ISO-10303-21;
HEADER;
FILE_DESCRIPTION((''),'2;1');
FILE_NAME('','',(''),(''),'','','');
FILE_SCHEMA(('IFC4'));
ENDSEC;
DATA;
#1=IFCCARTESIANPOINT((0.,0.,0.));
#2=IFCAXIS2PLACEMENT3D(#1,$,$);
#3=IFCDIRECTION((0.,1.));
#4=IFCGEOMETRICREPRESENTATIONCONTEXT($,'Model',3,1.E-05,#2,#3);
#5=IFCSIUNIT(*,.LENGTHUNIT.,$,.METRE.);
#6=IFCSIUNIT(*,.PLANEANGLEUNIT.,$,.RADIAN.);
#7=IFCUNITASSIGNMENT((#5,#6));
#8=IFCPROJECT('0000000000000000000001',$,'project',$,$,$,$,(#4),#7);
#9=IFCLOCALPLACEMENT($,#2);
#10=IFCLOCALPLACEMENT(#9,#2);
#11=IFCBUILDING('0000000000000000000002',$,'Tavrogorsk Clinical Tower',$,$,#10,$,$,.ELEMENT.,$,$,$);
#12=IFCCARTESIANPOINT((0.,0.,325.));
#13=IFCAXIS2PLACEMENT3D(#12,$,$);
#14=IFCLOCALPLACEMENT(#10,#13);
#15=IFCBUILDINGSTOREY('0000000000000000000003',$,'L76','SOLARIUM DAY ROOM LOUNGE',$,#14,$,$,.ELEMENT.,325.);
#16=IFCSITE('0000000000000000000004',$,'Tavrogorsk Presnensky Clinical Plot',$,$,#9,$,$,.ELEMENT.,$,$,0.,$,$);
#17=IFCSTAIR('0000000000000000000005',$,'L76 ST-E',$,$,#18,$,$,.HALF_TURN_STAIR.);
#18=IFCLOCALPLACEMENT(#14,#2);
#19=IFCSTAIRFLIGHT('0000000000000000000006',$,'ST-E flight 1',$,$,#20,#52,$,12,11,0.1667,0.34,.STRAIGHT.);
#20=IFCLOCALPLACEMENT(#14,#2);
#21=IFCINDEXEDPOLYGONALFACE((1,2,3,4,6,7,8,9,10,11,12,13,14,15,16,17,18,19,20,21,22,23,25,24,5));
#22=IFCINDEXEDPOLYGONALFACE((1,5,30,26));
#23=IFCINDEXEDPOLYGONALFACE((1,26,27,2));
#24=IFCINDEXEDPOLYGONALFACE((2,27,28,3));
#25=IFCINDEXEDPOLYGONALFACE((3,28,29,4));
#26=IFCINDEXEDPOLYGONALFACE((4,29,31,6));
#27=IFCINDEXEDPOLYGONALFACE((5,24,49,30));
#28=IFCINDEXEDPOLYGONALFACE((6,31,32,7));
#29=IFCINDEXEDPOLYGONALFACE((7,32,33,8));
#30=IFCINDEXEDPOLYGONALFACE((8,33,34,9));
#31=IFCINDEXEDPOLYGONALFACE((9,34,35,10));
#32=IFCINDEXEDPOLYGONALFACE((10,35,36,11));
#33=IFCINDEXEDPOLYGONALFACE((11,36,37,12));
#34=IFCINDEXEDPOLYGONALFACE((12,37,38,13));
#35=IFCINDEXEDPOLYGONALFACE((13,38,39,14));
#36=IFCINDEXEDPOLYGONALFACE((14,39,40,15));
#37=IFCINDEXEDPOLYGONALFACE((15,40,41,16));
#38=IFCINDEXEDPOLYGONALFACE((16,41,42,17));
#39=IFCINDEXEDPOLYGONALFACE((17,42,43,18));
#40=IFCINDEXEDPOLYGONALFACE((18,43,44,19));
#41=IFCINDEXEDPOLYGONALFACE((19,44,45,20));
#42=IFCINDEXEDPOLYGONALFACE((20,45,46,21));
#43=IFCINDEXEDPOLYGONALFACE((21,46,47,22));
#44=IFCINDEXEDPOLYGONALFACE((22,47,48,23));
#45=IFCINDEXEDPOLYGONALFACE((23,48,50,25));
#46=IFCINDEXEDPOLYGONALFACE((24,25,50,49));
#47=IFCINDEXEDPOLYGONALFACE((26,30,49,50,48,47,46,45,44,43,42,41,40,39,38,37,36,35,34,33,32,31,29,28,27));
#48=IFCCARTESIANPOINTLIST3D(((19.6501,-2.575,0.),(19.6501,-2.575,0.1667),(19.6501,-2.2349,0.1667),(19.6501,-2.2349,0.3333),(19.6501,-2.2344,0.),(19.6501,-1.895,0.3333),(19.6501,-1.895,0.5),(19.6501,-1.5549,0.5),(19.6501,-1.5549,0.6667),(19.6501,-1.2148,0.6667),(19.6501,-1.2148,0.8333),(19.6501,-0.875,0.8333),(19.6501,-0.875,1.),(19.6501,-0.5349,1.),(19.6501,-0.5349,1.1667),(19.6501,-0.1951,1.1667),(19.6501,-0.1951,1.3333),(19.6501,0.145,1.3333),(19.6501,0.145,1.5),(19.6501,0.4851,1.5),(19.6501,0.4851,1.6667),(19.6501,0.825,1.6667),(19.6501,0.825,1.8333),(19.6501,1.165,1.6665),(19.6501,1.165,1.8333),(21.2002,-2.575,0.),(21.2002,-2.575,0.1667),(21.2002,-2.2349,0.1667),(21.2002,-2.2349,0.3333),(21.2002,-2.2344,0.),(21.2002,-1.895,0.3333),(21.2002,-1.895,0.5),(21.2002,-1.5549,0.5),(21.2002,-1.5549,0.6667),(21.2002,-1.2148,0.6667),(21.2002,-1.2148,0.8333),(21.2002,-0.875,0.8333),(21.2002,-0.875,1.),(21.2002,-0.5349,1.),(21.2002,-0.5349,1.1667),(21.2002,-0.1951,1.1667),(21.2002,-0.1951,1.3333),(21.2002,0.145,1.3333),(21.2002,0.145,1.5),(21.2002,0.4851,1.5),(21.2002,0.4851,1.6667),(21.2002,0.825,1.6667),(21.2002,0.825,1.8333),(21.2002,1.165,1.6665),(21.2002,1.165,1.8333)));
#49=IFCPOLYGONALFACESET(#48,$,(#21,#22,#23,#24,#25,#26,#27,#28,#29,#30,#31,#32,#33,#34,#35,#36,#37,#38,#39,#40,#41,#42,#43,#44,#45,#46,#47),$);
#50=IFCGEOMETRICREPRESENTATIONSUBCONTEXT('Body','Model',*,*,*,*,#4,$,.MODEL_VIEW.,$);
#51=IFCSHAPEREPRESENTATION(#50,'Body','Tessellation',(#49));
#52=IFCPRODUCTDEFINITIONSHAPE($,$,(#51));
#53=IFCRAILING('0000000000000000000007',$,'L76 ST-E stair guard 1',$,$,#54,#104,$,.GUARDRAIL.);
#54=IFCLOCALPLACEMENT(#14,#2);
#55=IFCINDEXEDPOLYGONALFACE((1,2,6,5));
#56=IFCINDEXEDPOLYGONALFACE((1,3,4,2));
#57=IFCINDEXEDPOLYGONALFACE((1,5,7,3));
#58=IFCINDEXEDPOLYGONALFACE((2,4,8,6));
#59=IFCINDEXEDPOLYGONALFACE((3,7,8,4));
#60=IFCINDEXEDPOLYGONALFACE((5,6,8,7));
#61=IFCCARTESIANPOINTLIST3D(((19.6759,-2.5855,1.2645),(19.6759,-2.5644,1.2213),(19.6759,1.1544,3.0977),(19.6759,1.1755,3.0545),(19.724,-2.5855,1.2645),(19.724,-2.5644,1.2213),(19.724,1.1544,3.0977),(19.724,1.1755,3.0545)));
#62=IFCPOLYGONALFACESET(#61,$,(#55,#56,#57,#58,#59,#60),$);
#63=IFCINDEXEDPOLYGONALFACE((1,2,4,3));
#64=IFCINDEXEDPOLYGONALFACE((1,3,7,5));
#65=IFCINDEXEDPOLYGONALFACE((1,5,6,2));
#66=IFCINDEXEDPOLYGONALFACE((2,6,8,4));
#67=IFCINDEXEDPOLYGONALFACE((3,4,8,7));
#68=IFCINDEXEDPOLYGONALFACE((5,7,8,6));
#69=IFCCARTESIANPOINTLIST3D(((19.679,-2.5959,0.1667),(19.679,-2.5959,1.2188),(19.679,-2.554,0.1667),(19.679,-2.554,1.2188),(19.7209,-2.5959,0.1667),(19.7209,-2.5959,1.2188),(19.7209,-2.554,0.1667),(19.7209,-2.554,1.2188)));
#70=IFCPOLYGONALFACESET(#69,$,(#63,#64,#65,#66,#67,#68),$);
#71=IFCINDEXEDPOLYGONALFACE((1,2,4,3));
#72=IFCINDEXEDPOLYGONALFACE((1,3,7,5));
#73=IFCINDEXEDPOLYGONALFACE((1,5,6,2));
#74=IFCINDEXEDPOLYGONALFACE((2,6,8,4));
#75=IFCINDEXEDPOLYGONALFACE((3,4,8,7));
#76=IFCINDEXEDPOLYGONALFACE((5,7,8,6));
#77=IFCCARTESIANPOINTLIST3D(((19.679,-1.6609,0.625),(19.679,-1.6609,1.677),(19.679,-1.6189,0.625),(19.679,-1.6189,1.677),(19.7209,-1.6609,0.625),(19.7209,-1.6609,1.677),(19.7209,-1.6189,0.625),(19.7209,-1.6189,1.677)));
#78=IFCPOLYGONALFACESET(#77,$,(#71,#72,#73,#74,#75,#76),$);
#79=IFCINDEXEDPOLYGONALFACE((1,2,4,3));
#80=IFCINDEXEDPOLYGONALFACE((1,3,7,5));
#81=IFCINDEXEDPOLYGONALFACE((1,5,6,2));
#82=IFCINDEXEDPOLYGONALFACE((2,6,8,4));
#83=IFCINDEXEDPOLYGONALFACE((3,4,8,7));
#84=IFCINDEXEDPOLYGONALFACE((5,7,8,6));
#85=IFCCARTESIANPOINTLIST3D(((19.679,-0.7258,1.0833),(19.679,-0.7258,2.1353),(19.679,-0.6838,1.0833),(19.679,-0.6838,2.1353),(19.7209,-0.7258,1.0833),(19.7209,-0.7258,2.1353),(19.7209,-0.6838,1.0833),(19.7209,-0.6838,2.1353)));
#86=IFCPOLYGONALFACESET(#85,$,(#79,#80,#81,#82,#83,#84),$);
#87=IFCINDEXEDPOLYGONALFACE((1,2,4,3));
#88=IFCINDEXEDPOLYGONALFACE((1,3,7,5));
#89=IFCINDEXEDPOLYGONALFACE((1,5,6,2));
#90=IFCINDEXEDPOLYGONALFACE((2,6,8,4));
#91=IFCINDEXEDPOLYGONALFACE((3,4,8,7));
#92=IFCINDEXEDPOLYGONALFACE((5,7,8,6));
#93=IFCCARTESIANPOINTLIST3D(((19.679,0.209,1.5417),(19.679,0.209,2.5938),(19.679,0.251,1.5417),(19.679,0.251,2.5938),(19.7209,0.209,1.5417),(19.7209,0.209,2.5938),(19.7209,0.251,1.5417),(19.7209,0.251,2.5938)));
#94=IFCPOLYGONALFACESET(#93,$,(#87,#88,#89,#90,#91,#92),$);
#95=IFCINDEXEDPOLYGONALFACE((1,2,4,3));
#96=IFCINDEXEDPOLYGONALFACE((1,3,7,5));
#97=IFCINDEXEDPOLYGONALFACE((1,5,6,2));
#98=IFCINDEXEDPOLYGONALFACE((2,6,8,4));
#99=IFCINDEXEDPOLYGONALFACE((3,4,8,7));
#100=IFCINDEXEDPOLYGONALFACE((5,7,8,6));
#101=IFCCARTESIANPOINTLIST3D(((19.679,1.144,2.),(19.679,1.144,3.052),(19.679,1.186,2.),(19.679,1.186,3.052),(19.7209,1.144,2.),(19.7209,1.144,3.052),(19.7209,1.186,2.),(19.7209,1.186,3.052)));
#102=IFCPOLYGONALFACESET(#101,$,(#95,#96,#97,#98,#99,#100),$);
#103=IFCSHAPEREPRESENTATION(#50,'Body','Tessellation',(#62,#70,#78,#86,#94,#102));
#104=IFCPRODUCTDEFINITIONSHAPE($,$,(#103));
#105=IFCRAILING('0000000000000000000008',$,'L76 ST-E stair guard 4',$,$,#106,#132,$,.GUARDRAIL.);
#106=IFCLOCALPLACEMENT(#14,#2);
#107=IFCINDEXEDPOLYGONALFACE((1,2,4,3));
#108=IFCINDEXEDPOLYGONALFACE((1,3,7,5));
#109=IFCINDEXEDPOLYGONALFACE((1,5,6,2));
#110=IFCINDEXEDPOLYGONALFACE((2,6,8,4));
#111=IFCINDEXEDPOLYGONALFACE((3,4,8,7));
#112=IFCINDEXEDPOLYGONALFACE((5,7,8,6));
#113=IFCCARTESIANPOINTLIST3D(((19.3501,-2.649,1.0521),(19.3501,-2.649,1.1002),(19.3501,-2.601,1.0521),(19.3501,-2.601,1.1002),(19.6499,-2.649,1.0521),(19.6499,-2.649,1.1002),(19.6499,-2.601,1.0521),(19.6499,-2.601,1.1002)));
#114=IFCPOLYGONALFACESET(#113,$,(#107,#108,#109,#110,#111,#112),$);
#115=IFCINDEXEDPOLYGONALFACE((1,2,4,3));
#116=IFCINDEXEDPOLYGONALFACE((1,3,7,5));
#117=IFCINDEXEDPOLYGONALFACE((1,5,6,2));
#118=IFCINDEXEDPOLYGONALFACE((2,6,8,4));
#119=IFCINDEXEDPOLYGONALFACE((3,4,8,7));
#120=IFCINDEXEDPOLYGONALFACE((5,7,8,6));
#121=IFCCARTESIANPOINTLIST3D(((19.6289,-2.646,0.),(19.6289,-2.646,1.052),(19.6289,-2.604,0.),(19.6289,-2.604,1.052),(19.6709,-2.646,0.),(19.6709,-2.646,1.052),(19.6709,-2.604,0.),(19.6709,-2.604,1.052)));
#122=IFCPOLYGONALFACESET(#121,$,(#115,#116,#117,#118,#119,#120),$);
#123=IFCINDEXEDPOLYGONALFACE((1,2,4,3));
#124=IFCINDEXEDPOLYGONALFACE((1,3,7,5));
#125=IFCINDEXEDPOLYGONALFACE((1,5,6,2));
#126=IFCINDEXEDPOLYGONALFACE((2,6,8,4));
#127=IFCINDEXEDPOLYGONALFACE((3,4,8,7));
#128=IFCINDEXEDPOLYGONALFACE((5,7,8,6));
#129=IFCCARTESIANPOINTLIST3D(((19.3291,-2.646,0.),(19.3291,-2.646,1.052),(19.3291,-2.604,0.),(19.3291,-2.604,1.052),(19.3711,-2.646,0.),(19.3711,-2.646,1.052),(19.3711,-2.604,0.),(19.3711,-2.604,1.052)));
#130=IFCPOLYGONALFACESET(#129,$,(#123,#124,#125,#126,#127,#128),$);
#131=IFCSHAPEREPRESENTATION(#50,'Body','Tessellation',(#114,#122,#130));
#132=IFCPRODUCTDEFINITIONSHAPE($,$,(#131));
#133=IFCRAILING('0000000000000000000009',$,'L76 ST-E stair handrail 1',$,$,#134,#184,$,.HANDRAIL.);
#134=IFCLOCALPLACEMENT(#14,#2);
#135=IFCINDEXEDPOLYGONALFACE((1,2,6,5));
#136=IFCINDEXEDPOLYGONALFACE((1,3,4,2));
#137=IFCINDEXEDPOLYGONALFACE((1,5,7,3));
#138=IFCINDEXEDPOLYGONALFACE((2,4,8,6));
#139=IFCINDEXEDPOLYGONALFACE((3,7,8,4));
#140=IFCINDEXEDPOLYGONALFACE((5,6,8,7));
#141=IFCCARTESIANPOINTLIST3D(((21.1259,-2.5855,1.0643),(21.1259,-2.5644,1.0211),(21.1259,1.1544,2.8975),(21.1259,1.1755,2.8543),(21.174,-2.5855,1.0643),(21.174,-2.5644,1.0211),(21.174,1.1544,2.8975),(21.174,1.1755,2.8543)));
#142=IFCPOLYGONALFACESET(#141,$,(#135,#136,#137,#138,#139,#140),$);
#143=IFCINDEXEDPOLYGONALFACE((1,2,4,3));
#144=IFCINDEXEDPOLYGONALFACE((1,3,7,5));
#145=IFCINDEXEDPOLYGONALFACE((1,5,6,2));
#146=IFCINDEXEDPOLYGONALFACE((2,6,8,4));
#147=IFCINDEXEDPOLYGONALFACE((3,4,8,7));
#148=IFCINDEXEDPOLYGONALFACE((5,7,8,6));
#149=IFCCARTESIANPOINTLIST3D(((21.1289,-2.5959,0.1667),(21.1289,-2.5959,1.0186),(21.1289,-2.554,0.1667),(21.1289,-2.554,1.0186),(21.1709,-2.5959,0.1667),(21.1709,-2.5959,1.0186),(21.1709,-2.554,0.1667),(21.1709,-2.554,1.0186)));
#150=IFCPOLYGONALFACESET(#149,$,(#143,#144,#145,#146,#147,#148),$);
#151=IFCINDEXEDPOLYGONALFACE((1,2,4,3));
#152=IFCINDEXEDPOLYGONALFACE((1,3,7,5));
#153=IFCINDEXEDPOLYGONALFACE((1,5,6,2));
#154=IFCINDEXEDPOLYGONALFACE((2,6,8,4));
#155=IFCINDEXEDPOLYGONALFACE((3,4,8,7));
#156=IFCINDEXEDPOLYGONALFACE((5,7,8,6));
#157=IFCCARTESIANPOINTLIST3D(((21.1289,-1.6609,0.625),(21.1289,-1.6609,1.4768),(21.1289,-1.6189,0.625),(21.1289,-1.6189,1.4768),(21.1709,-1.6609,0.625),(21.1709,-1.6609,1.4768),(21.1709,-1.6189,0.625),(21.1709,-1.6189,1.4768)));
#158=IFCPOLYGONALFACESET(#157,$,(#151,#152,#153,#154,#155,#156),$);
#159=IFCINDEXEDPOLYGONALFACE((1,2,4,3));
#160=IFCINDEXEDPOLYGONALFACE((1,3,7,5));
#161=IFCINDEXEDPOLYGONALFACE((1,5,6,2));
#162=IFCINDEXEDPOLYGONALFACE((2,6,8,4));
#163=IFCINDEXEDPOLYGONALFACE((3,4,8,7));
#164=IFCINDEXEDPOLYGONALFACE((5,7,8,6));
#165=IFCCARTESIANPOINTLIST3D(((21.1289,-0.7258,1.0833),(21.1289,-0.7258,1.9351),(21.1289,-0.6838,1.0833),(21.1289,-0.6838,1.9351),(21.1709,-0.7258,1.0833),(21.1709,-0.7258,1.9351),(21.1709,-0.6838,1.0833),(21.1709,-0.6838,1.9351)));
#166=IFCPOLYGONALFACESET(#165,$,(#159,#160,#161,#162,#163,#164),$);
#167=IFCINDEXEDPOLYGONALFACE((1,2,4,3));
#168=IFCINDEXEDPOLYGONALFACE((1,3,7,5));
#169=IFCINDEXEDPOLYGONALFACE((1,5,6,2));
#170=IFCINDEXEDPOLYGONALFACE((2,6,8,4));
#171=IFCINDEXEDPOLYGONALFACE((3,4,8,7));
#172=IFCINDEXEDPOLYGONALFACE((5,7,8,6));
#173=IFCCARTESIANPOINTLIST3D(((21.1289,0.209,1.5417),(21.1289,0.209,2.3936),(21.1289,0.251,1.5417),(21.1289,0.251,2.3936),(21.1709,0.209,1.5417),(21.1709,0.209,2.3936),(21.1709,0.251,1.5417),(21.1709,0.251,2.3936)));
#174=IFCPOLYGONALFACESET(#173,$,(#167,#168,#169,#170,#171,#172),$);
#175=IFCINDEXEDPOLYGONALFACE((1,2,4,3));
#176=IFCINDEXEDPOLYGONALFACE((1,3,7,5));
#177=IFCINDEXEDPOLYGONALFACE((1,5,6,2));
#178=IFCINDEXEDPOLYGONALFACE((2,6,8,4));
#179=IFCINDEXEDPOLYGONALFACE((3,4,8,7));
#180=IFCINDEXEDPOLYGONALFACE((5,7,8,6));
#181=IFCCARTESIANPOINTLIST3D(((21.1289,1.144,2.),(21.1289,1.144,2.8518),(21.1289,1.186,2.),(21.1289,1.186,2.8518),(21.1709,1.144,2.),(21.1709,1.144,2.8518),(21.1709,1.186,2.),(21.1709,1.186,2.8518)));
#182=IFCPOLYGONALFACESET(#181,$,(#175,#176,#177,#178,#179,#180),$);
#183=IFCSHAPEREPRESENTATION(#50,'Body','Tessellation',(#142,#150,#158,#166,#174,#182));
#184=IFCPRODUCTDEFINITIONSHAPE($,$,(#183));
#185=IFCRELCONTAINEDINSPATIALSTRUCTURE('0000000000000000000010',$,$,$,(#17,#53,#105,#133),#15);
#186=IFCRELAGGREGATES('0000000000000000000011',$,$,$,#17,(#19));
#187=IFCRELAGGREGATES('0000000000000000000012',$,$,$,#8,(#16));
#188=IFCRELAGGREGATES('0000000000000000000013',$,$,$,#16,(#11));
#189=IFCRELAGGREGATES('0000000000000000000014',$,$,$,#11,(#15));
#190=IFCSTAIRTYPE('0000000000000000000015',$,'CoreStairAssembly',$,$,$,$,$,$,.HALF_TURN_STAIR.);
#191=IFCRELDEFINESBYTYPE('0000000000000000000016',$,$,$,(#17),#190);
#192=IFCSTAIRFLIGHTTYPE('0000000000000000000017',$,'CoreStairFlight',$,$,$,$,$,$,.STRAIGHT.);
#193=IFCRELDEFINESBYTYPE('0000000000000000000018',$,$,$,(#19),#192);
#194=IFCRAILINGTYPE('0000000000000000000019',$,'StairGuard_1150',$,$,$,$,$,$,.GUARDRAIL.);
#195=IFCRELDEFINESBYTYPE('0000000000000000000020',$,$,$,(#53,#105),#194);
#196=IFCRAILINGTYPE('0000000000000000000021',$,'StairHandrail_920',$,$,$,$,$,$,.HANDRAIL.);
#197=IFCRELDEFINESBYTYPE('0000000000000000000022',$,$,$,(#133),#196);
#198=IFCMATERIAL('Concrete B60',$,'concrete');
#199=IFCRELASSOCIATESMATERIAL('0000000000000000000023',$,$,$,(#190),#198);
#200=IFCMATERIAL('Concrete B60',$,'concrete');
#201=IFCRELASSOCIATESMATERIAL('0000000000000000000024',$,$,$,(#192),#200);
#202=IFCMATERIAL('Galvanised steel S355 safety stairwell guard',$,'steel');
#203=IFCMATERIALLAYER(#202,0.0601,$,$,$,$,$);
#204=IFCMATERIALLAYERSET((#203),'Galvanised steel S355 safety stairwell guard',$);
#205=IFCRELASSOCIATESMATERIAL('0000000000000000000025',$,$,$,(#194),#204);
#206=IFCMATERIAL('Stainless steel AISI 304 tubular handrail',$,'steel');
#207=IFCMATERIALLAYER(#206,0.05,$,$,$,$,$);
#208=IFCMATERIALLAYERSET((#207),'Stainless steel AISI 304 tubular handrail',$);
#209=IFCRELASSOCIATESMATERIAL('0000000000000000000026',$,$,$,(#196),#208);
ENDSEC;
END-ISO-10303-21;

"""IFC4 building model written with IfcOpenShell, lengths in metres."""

from ifc_helpers import new_model, si_unit, direction, frame, origin, origin_2d, place, context, subcontext, project, spatial, polyline, rectangle, outline, extrude, material, layer, layer_set, type_object, element, aggregate, save


model = new_model("IFC4")

# Units and contexts
model_context = context("Model", 3, precision=1e-05, world=origin(), true_north=direction((0.0, 1.0)))
body_context = subcontext(model_context, "Body", "Model", "MODEL_VIEW")
ifc_project = project(units=[si_unit("LENGTHUNIT", "METRE"), si_unit("PLANEANGLEUNIT", "RADIAN")], contexts=[model_context])

# Site, building, storey
site_placement = place(None, origin())
site = spatial("IfcSite", under=ifc_project, at=site_placement, Name="Tavrogorsk Presnensky Clinical Plot", CompositionType="ELEMENT", RefElevation=0.0)
building_placement = place(site_placement, origin())
building = spatial("IfcBuilding", under=site, at=building_placement, Name="Tavrogorsk Clinical Tower", CompositionType="ELEMENT")
storey_placement = place(building_placement, frame((0.0, 0.0, 325.0)))
storey = spatial("IfcBuildingStorey", under=building, at=storey_placement, Name="L76", Description="SOLARIUM DAY ROOM LOUNGE", CompositionType="ELEMENT", Elevation=325.0)

# Stair, stair flight
ifc_material_1 = material(Name="Concrete B60", Category="concrete")
stair_type = type_object("IfcStairType", Name="CoreStairAssembly", PredefinedType="HALF_TURN_STAIR", material=ifc_material_1)
stair_placement = place(storey_placement, origin())
stair = element("IfcStair", 1, at=stair_placement, inside=storey, type_object=stair_type, Name="L76 ST-E", PredefinedType="HALF_TURN_STAIR")
ifc_material_2 = material(Name="Concrete B60", Category="concrete")
stair_flight_type = type_object("IfcStairFlightType", Name="CoreStairFlight", PredefinedType="STRAIGHT", material=ifc_material_2)
stair_flight_placement = place(storey_placement, frame((20.425, -2.575, 0.0), z_axis=(0.0, 0.0, 1.0), x_axis=(0.0, 1.0, 0.0)))
stair_flight = element("IfcStairFlight", 2, at=stair_flight_placement, type_object=stair_flight_type, Name="ST-E flight 1", NumberOfRisers=12, NumberOfTreads=11, PredefinedType="STRAIGHT", RiserHeight=0.1667, TreadLength=0.34, context=body_context, shape_type="SweptSolid", body=[
    extrude(outline(polyline([(0.0, 0.0), (0.0, 0.1667), (0.3401, 0.1667), (0.3401, 0.3333), (0.6799, 0.3333), (0.6799, 0.5), (1.02, 0.5), (1.02, 0.6667), (1.3601, 0.6667), (1.3601, 0.8333), (1.7, 0.8333), (1.7, 1.0), (2.04, 1.0), (2.04, 1.1667), (2.3799, 1.1667), (2.3799, 1.3333), (2.72, 1.3333), (2.72, 1.5), (3.0601, 1.5), (3.0601, 1.6667), (3.3999, 1.6667), (3.3999, 1.8333), (3.74, 1.8333), (3.74, 2.0), (3.74, 1.6665), (0.3406, 0.0), (0.0, 0.0)])), frame((0.0, 0.7749, 0.0), z_axis=(0.0, -1.0, 0.0), x_axis=(1.0, 0.0, 0.0)), (0.0, 0.0, 1.0), 1.55),
])
aggregate(stair, [stair_flight])

# Railings
ifc_material_3 = material(Name="Galvanised steel S355 safety stairwell guard", Category="steel")
ifc_layer_1 = layer(ifc_material_3, 0.0601)
ifc_layer_set_1 = layer_set([ifc_layer_1], Name="Galvanised steel S355 safety stairwell guard")
railing_type_1 = type_object("IfcRailingType", Name="StairGuard_1150", PredefinedType="GUARDRAIL", material=ifc_layer_set_1)
railing_1_placement = place(storey_placement, frame((19.7, -2.575, 0.1667)))
element("IfcRailing", 3, at=railing_1_placement, inside=storey, type_object=railing_type_1, Name="L76 ST-E stair guard 1", PredefinedType="GUARDRAIL", context=body_context, shape_type="SweptSolid", body=[
    extrude(rectangle(XDim=0.0481, YDim=0.0481, at=origin_2d()), frame((0.0, 0.0, 1.0762), z_axis=(0.0, 0.897928, 0.440142), x_axis=(-1.0, 0.0, 0.0)), (0.0, 0.0, 1.0), 4.165),
    extrude(rectangle(XDim=0.042, YDim=0.042, at=origin_2d()), origin(), (0.0, 0.0, 1.0), 1.052),
    extrude(rectangle(XDim=0.042, YDim=0.042, at=origin_2d()), frame((0.0, 0.9351, 0.4583)), (0.0, 0.0, 1.0), 1.052),
    extrude(rectangle(XDim=0.042, YDim=0.042, at=origin_2d()), frame((0.0, 1.8701, 0.9165)), (0.0, 0.0, 1.0), 1.052),
    extrude(rectangle(XDim=0.042, YDim=0.042, at=origin_2d()), frame((0.0, 2.8049, 1.375)), (0.0, 0.0, 1.0), 1.052),
    extrude(rectangle(XDim=0.042, YDim=0.042, at=origin_2d()), frame((0.0, 3.74, 1.8333)), (0.0, 0.0, 1.0), 1.052),
])
railing_2_placement = place(storey_placement, frame((19.6499, -2.625, 0.0)))
element("IfcRailing", 4, at=railing_2_placement, inside=storey, type_object=railing_type_1, Name="L76 ST-E stair guard 4", PredefinedType="GUARDRAIL", context=body_context, shape_type="SweptSolid", body=[
    extrude(rectangle(XDim=0.0481, YDim=0.0481, at=origin_2d()), frame((0.0, 0.0, 1.0762), z_axis=(-1.0, 0.0, 0.0), x_axis=(0.0, -1.0, 0.0)), (0.0, 0.0, 1.0), 0.2998),
    extrude(rectangle(XDim=0.042, YDim=0.042, at=origin_2d()), origin(), (0.0, 0.0, 1.0), 1.052),
    extrude(rectangle(XDim=0.042, YDim=0.042, at=origin_2d()), frame((-0.2998, 0.0, 0.0)), (0.0, 0.0, 1.0), 1.052),
])
ifc_material_4 = material(Name="Stainless steel AISI 304 tubular handrail", Category="steel")
ifc_layer_2 = layer(ifc_material_4, 0.05)
ifc_layer_set_2 = layer_set([ifc_layer_2], Name="Stainless steel AISI 304 tubular handrail")
railing_type_2 = type_object("IfcRailingType", Name="StairHandrail_920", PredefinedType="HANDRAIL", material=ifc_layer_set_2)
railing_3_placement = place(storey_placement, frame((21.1499, -2.575, 0.1667)))
element("IfcRailing", 5, at=railing_3_placement, inside=storey, type_object=railing_type_2, Name="L76 ST-E stair handrail 1", PredefinedType="HANDRAIL", context=body_context, shape_type="SweptSolid", body=[
    extrude(rectangle(XDim=0.0481, YDim=0.0481, at=origin_2d()), frame((0.0, 0.0, 0.876), z_axis=(0.0, 0.897928, 0.440142), x_axis=(-1.0, 0.0, 0.0)), (0.0, 0.0, 1.0), 4.165),
    extrude(rectangle(XDim=0.042, YDim=0.042, at=origin_2d()), origin(), (0.0, 0.0, 1.0), 0.8518),
    extrude(rectangle(XDim=0.042, YDim=0.042, at=origin_2d()), frame((0.0, 0.9351, 0.4583)), (0.0, 0.0, 1.0), 0.8518),
    extrude(rectangle(XDim=0.042, YDim=0.042, at=origin_2d()), frame((0.0, 1.8701, 0.9165)), (0.0, 0.0, 1.0), 0.8518),
    extrude(rectangle(XDim=0.042, YDim=0.042, at=origin_2d()), frame((0.0, 2.8049, 1.375)), (0.0, 0.0, 1.0), 0.8518),
    extrude(rectangle(XDim=0.042, YDim=0.042, at=origin_2d()), frame((0.0, 3.74, 1.8333)), (0.0, 0.0, 1.0), 0.8518),
])

save(model, "model.ifc")
